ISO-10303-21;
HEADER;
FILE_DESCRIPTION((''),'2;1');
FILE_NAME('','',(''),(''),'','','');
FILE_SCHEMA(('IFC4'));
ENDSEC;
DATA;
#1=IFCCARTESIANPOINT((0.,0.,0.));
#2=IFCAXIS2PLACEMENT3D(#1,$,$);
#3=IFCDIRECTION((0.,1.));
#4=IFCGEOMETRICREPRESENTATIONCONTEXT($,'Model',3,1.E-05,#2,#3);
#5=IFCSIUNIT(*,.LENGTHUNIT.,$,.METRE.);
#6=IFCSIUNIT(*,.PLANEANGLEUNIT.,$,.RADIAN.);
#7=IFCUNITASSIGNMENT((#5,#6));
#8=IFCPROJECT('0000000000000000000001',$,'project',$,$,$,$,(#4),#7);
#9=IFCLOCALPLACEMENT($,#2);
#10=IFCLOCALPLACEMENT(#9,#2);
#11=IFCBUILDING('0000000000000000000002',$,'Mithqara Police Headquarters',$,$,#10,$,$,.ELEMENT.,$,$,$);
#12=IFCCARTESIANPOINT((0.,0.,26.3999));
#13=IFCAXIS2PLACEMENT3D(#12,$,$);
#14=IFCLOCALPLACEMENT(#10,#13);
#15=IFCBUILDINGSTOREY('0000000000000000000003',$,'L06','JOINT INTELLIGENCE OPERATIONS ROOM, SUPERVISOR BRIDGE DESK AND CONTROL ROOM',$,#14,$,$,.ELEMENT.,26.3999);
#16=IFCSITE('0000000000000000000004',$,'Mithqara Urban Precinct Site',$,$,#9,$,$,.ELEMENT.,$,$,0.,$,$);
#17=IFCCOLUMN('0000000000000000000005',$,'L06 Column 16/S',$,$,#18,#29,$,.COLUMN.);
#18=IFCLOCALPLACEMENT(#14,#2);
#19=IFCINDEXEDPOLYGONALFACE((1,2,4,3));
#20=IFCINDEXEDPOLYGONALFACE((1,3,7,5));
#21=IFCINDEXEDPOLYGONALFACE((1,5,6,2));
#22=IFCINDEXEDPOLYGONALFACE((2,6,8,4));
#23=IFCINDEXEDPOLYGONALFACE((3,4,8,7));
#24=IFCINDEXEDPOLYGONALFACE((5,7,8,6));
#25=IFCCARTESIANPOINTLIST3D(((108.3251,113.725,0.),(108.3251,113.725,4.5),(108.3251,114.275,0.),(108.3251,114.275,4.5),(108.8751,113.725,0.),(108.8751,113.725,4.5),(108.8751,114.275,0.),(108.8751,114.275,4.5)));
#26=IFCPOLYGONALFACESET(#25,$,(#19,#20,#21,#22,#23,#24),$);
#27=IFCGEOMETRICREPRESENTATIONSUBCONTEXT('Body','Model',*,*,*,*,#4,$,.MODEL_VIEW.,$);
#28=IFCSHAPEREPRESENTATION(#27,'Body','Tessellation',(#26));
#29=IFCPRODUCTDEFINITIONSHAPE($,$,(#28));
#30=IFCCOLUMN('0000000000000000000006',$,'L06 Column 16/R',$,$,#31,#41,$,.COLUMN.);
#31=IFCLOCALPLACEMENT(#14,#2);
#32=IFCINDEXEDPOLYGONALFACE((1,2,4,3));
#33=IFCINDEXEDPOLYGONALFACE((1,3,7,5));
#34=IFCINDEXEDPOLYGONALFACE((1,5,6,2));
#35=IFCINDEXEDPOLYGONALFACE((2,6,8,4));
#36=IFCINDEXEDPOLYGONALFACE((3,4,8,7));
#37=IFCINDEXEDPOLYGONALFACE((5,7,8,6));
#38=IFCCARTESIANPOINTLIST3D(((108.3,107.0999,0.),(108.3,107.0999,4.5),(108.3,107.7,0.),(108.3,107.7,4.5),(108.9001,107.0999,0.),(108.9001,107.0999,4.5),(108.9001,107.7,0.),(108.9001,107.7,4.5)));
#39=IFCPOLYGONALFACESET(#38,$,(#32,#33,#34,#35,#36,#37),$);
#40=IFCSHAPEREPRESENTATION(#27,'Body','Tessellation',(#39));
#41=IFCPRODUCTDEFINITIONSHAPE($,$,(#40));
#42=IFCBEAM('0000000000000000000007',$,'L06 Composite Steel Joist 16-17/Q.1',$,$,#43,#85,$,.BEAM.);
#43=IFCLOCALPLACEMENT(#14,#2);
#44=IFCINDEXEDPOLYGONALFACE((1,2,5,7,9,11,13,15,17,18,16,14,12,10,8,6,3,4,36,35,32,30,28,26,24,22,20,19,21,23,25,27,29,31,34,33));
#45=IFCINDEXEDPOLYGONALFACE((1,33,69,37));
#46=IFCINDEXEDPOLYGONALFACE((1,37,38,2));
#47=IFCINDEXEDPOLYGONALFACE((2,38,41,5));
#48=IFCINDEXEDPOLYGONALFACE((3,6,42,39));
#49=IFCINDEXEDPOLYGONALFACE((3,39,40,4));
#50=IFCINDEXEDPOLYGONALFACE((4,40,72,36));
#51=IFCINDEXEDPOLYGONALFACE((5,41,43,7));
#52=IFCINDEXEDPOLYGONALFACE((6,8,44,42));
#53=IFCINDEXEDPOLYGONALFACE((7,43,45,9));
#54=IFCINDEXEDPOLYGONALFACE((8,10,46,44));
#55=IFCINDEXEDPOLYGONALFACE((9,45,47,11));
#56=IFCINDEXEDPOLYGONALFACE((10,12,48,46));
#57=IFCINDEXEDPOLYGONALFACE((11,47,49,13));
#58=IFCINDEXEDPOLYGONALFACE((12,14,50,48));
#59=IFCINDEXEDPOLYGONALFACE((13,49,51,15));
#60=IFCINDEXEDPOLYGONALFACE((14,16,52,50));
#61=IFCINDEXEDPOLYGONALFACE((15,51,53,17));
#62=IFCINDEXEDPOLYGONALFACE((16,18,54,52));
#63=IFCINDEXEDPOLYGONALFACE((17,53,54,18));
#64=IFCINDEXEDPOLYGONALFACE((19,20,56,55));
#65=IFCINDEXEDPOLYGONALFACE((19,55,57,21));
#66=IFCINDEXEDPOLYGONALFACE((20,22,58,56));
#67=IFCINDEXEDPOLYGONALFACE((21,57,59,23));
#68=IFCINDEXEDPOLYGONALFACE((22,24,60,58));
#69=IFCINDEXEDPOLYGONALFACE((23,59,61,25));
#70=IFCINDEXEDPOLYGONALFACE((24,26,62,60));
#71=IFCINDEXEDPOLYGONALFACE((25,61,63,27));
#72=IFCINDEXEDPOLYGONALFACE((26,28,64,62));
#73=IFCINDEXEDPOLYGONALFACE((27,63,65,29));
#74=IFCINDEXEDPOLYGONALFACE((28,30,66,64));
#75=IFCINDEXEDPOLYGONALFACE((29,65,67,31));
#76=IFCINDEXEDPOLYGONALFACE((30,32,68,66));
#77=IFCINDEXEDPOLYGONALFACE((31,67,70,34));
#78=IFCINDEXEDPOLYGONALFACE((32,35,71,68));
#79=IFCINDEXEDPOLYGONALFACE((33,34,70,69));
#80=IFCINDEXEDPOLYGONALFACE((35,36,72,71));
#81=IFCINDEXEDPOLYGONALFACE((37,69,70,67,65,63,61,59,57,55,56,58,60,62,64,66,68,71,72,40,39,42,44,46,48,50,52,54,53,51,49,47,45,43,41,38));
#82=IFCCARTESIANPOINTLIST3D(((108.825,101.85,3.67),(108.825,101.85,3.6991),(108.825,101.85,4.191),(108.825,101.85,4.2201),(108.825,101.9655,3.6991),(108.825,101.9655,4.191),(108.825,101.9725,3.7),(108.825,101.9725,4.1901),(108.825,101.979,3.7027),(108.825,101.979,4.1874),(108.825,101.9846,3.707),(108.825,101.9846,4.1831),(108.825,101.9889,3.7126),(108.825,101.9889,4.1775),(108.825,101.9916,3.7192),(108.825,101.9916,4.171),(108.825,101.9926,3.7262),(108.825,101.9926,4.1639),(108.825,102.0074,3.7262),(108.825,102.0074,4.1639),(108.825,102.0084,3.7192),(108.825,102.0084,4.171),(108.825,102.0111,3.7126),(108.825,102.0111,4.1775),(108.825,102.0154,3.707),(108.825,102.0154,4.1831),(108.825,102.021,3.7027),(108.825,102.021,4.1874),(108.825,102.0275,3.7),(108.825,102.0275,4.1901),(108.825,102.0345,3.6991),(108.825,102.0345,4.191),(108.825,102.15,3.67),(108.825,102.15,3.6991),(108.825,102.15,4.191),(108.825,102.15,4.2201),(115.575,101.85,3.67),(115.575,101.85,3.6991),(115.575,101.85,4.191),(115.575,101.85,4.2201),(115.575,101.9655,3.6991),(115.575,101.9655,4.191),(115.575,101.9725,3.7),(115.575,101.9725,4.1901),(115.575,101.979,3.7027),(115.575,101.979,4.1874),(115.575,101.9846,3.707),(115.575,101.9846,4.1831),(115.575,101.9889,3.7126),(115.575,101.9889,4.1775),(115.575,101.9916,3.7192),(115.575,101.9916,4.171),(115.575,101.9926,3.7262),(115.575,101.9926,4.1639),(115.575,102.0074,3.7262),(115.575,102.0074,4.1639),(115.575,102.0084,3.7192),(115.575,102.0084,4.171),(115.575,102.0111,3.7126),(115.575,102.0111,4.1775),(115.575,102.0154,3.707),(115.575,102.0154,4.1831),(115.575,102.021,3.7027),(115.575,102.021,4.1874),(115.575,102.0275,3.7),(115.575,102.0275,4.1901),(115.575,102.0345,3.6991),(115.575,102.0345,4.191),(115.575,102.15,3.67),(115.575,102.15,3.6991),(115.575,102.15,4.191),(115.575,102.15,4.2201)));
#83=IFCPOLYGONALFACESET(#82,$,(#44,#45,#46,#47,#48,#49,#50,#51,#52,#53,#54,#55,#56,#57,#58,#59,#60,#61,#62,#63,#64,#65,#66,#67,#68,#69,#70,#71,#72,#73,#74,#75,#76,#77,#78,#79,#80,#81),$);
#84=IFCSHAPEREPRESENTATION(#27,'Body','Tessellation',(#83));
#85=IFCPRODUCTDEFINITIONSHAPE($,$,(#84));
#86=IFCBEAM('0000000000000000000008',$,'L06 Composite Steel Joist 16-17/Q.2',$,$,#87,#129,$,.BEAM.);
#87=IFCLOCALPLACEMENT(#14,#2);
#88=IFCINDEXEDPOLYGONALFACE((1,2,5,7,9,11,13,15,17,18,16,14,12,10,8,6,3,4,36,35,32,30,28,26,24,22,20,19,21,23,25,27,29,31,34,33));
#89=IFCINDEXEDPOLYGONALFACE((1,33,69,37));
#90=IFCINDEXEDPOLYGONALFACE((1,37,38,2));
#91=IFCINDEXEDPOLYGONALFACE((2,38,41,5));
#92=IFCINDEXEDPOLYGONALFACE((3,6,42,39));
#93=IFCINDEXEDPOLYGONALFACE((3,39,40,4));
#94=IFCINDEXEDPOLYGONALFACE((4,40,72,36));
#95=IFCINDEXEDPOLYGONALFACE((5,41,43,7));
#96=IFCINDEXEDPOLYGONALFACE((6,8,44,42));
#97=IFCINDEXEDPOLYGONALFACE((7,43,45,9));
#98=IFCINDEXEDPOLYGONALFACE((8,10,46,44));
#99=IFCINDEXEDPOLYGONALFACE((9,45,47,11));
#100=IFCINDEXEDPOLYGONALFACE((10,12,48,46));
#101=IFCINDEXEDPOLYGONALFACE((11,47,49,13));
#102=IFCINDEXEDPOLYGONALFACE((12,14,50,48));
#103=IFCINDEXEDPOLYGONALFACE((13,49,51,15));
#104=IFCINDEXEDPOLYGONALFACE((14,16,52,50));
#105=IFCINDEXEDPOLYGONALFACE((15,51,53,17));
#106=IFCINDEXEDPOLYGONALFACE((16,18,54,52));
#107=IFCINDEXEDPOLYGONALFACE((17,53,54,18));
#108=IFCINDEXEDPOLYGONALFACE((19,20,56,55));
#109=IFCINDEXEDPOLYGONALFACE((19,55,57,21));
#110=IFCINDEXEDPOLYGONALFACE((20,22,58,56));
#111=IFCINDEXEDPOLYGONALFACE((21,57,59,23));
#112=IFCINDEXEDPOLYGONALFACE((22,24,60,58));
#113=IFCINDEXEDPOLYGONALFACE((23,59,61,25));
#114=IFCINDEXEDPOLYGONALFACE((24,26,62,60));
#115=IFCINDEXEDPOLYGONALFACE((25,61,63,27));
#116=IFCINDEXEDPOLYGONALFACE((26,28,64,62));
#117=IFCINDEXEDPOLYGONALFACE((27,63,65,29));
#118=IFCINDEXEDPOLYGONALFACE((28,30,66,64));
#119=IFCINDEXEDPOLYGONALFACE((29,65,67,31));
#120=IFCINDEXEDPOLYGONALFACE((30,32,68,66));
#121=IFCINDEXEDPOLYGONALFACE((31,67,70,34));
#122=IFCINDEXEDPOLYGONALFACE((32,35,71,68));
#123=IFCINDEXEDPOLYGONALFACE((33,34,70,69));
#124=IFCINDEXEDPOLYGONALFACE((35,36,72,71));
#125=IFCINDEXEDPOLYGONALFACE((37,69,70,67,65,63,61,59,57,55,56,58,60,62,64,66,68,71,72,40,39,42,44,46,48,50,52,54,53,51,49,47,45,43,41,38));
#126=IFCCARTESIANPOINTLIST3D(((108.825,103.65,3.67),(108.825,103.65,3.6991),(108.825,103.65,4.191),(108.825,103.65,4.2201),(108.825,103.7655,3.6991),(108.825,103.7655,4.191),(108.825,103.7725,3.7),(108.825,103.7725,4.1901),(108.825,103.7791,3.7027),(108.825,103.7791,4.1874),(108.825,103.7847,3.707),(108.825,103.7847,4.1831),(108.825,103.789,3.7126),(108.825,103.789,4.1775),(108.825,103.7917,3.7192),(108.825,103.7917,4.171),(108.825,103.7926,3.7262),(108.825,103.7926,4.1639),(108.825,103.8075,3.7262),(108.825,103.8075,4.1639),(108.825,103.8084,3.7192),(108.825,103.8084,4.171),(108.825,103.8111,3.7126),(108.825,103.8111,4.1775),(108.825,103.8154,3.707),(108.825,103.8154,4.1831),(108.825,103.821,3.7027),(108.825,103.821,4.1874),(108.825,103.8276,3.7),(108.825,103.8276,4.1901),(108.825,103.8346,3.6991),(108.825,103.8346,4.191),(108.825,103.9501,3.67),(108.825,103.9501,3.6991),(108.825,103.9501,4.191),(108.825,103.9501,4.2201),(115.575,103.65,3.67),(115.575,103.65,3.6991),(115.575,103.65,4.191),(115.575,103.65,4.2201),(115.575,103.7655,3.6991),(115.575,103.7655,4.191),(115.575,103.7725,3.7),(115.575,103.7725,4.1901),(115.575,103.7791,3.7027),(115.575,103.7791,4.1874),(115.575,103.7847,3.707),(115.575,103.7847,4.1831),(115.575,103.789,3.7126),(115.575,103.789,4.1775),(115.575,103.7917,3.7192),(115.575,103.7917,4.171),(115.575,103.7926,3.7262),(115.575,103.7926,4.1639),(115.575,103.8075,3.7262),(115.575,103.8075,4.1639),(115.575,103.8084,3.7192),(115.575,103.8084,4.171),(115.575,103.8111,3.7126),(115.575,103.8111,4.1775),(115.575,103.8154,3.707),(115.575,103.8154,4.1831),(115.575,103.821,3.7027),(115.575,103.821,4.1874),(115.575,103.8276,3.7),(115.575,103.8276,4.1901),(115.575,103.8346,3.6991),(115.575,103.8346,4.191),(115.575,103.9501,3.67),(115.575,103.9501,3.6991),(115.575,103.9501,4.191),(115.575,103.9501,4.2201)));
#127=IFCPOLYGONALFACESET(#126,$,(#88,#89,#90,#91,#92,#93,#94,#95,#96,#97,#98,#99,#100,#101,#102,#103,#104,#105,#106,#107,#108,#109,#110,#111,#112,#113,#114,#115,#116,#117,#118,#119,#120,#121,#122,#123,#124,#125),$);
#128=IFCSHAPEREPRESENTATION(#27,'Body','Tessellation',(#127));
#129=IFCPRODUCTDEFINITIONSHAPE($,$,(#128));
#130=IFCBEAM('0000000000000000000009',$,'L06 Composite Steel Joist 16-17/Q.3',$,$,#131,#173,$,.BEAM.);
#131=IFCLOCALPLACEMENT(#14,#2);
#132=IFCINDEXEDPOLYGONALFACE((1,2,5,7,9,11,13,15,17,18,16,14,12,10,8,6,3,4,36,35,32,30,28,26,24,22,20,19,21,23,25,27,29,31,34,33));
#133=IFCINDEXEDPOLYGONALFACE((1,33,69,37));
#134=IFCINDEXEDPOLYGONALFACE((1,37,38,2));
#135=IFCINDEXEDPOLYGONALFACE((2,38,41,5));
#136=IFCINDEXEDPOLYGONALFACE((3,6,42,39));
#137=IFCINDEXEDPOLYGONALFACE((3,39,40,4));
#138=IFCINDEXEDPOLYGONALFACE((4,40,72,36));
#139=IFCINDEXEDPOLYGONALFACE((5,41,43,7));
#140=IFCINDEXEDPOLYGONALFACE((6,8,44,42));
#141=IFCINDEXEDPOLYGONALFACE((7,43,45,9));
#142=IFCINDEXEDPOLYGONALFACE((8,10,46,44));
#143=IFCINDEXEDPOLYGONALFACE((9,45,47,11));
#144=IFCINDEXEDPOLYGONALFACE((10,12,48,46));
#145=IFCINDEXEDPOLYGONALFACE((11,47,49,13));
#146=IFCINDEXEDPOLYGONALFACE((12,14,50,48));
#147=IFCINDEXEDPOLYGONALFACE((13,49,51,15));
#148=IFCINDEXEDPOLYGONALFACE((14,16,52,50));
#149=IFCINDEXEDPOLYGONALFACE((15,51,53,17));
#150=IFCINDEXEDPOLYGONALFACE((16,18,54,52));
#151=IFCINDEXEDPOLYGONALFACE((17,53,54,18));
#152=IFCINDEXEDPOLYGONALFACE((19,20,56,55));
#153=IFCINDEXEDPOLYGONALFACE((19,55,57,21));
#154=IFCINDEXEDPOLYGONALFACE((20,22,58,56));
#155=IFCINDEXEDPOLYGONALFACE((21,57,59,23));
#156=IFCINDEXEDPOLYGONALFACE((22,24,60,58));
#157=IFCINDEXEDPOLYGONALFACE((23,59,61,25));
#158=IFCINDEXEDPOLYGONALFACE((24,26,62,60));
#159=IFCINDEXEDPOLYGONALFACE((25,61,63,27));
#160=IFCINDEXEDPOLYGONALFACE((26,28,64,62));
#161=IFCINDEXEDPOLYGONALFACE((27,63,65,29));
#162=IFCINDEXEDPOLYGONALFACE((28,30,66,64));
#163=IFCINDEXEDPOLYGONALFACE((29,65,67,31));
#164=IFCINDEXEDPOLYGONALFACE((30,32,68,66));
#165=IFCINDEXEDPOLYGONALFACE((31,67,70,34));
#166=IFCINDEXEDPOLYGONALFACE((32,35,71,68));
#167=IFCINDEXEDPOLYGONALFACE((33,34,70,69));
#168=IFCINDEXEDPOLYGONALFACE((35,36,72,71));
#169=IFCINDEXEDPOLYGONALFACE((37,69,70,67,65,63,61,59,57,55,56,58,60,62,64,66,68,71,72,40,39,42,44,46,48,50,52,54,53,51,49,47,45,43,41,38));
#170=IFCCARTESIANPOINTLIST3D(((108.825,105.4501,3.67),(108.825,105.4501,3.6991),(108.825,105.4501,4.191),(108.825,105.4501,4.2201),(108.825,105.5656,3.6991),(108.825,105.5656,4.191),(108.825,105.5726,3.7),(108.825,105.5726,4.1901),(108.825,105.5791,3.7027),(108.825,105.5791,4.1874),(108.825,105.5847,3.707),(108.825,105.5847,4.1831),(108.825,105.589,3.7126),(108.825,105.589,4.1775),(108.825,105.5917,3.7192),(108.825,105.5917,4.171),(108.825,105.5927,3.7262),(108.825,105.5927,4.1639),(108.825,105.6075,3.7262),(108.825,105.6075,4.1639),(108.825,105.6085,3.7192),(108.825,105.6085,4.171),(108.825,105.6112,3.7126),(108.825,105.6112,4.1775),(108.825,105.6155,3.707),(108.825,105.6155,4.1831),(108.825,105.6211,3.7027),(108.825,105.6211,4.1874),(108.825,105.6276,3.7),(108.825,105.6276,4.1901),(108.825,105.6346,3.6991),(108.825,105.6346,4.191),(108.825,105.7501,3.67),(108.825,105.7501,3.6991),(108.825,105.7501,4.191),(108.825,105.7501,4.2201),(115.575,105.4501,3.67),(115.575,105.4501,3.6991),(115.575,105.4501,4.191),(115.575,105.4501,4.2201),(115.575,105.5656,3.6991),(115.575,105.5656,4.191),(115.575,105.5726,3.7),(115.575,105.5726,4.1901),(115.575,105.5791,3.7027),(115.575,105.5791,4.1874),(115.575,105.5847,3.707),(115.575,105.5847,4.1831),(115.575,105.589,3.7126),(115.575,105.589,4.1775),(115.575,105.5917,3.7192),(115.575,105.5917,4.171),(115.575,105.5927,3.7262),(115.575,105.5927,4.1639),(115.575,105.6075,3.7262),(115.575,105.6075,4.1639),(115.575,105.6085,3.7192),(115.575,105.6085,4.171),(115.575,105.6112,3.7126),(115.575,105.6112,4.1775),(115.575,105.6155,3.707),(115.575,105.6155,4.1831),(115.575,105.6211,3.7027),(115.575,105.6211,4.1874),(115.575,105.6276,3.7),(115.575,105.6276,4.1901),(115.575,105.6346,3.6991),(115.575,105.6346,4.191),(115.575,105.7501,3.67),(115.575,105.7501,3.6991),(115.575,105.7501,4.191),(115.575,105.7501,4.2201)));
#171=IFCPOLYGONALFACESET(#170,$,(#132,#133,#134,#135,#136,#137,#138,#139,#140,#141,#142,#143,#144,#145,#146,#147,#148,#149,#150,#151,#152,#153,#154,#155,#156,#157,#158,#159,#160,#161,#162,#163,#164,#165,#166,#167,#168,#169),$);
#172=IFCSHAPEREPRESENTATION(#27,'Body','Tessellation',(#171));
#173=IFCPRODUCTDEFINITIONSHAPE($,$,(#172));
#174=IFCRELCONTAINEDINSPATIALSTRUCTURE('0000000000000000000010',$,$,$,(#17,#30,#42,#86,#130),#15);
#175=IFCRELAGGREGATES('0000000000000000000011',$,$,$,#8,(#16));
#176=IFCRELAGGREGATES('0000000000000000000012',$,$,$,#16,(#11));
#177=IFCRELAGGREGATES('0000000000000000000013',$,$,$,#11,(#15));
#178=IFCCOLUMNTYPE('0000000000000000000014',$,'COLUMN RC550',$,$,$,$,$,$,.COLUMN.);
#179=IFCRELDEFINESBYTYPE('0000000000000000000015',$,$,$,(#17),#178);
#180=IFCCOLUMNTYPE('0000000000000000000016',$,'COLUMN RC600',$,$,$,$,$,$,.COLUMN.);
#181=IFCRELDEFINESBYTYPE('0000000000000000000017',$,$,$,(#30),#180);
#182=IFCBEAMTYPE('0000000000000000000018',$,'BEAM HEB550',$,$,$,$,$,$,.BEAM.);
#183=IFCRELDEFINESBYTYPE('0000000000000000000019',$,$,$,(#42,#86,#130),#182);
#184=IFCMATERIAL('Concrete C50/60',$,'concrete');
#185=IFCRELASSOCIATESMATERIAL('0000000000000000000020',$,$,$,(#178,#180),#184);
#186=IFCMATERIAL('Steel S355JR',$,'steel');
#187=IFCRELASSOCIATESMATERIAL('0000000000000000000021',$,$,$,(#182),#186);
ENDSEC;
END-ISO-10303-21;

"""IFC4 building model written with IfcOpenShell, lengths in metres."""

from ifc_helpers import new_model, si_unit, direction, frame, origin, origin_2d, place, context, subcontext, project, spatial, rectangle, i_section, extrude, material, material_profile, profile_set, type_object, element, save


model = new_model("IFC4")

# Units and contexts
model_context = context("Model", 3, precision=1e-05, world=origin(), true_north=direction((0.0, 1.0)))
body_context = subcontext(model_context, "Body", "Model", "MODEL_VIEW")
ifc_project = project(units=[si_unit("LENGTHUNIT", "METRE"), si_unit("PLANEANGLEUNIT", "RADIAN")], contexts=[model_context])

# Site, building, storey
site_placement = place(None, origin())
site = spatial("IfcSite", under=ifc_project, at=site_placement, Name="Mithqara Urban Precinct Site", CompositionType="ELEMENT", RefElevation=0.0)
building_placement = place(site_placement, origin())
building = spatial("IfcBuilding", under=site, at=building_placement, Name="Mithqara Police Headquarters", CompositionType="ELEMENT")
storey_placement = place(building_placement, frame((0.0, 0.0, 26.3999)))
storey = spatial("IfcBuildingStorey", under=building, at=storey_placement, Name="L06", Description="JOINT INTELLIGENCE OPERATIONS ROOM, SUPERVISOR BRIDGE DESK AND CONTROL ROOM", CompositionType="ELEMENT", Elevation=26.3999)

# Columns
ifc_material_1 = material(Name="Concrete C50/60", Category="concrete")
ifc_material_profile_1 = material_profile(ifc_material_1, rectangle(XDim=0.55, YDim=0.55, at=origin_2d()), Name="RC 550x550")
ifc_profile_set_1 = profile_set([ifc_material_profile_1], Name="Concrete C50/60")
column_type_1 = type_object("IfcColumnType", Name="COLUMN RC550", PredefinedType="COLUMN", material=ifc_profile_set_1)
column_1_placement = place(storey_placement, frame((108.6001, 114.0, 0.0), z_axis=(0.0, 0.0, 1.0), x_axis=(1.0, 0.0, 0.0)))
element("IfcColumn", 1, at=column_1_placement, inside=storey, type_object=column_type_1, Name="L06 Column 16/S", PredefinedType="COLUMN", context=body_context, shape_type="SweptSolid", body=[
    extrude(rectangle(XDim=0.55, YDim=0.55, at=origin_2d()), origin(), (0.0, 0.0, 1.0), 4.5),
])
ifc_material_profile_2 = material_profile(ifc_material_1, rectangle(XDim=0.6001, YDim=0.6001, at=origin_2d()), Name="RC 600x600")
ifc_profile_set_2 = profile_set([ifc_material_profile_2], Name="Concrete C50/60")
column_type_2 = type_object("IfcColumnType", Name="COLUMN RC600", PredefinedType="COLUMN", material=ifc_profile_set_2)
column_2_placement = place(storey_placement, frame((108.6001, 107.3999, 0.0), z_axis=(0.0, 0.0, 1.0), x_axis=(1.0, 0.0, 0.0)))
element("IfcColumn", 2, at=column_2_placement, inside=storey, type_object=column_type_2, Name="L06 Column 16/R", PredefinedType="COLUMN", context=body_context, shape_type="SweptSolid", body=[
    extrude(rectangle(XDim=0.6001, YDim=0.6001, at=origin_2d()), origin(), (0.0, 0.0, 1.0), 4.5),
])

# Beams
ifc_material_2 = material(Name="Steel S355JR", Category="steel")
ifc_material_profile_3 = material_profile(ifc_material_2, i_section(OverallWidth=0.3, OverallDepth=0.55, WebThickness=0.0149, FlangeThickness=0.0291, FilletRadius=0.0271, at=origin_2d()), Name="HEB 550")
ifc_profile_set_3 = profile_set([ifc_material_profile_3], Name="Steel S355JR")
beam_type_1 = type_object("IfcBeamType", Name="BEAM HEB550", PredefinedType="BEAM", material=ifc_profile_set_3)
for number, where, z_axis, x_axis, name in (
    (3, (108.825, 102.0, 3.9451), (1.0, 0.0, 0.0), (0.0, 1.0, 0.0), "L06 Composite Steel Joist 16-17/Q.1"),
    (4, (108.825, 103.8, 3.9451), (1.0, 0.0, 0.0), (0.0, 1.0, 0.0), "L06 Composite Steel Joist 16-17/Q.2"),
    (5, (108.825, 105.6001, 3.9451), (1.0, 0.0, 0.0), (0.0, 1.0, 0.0), "L06 Composite Steel Joist 16-17/Q.3"),
):
    element("IfcBeam", number, at=place(storey_placement, frame(where, z_axis=z_axis, x_axis=x_axis)), inside=storey, type_object=beam_type_1, Name=name, PredefinedType="BEAM", context=body_context, shape_type="SweptSolid", body=[
        extrude(i_section(OverallWidth=0.3, OverallDepth=0.55, WebThickness=0.0149, FlangeThickness=0.0291, FilletRadius=0.0271, at=origin_2d()), origin(), (0.0, 0.0, 1.0), 6.75),
    ])

save(model, "model.ifc")
